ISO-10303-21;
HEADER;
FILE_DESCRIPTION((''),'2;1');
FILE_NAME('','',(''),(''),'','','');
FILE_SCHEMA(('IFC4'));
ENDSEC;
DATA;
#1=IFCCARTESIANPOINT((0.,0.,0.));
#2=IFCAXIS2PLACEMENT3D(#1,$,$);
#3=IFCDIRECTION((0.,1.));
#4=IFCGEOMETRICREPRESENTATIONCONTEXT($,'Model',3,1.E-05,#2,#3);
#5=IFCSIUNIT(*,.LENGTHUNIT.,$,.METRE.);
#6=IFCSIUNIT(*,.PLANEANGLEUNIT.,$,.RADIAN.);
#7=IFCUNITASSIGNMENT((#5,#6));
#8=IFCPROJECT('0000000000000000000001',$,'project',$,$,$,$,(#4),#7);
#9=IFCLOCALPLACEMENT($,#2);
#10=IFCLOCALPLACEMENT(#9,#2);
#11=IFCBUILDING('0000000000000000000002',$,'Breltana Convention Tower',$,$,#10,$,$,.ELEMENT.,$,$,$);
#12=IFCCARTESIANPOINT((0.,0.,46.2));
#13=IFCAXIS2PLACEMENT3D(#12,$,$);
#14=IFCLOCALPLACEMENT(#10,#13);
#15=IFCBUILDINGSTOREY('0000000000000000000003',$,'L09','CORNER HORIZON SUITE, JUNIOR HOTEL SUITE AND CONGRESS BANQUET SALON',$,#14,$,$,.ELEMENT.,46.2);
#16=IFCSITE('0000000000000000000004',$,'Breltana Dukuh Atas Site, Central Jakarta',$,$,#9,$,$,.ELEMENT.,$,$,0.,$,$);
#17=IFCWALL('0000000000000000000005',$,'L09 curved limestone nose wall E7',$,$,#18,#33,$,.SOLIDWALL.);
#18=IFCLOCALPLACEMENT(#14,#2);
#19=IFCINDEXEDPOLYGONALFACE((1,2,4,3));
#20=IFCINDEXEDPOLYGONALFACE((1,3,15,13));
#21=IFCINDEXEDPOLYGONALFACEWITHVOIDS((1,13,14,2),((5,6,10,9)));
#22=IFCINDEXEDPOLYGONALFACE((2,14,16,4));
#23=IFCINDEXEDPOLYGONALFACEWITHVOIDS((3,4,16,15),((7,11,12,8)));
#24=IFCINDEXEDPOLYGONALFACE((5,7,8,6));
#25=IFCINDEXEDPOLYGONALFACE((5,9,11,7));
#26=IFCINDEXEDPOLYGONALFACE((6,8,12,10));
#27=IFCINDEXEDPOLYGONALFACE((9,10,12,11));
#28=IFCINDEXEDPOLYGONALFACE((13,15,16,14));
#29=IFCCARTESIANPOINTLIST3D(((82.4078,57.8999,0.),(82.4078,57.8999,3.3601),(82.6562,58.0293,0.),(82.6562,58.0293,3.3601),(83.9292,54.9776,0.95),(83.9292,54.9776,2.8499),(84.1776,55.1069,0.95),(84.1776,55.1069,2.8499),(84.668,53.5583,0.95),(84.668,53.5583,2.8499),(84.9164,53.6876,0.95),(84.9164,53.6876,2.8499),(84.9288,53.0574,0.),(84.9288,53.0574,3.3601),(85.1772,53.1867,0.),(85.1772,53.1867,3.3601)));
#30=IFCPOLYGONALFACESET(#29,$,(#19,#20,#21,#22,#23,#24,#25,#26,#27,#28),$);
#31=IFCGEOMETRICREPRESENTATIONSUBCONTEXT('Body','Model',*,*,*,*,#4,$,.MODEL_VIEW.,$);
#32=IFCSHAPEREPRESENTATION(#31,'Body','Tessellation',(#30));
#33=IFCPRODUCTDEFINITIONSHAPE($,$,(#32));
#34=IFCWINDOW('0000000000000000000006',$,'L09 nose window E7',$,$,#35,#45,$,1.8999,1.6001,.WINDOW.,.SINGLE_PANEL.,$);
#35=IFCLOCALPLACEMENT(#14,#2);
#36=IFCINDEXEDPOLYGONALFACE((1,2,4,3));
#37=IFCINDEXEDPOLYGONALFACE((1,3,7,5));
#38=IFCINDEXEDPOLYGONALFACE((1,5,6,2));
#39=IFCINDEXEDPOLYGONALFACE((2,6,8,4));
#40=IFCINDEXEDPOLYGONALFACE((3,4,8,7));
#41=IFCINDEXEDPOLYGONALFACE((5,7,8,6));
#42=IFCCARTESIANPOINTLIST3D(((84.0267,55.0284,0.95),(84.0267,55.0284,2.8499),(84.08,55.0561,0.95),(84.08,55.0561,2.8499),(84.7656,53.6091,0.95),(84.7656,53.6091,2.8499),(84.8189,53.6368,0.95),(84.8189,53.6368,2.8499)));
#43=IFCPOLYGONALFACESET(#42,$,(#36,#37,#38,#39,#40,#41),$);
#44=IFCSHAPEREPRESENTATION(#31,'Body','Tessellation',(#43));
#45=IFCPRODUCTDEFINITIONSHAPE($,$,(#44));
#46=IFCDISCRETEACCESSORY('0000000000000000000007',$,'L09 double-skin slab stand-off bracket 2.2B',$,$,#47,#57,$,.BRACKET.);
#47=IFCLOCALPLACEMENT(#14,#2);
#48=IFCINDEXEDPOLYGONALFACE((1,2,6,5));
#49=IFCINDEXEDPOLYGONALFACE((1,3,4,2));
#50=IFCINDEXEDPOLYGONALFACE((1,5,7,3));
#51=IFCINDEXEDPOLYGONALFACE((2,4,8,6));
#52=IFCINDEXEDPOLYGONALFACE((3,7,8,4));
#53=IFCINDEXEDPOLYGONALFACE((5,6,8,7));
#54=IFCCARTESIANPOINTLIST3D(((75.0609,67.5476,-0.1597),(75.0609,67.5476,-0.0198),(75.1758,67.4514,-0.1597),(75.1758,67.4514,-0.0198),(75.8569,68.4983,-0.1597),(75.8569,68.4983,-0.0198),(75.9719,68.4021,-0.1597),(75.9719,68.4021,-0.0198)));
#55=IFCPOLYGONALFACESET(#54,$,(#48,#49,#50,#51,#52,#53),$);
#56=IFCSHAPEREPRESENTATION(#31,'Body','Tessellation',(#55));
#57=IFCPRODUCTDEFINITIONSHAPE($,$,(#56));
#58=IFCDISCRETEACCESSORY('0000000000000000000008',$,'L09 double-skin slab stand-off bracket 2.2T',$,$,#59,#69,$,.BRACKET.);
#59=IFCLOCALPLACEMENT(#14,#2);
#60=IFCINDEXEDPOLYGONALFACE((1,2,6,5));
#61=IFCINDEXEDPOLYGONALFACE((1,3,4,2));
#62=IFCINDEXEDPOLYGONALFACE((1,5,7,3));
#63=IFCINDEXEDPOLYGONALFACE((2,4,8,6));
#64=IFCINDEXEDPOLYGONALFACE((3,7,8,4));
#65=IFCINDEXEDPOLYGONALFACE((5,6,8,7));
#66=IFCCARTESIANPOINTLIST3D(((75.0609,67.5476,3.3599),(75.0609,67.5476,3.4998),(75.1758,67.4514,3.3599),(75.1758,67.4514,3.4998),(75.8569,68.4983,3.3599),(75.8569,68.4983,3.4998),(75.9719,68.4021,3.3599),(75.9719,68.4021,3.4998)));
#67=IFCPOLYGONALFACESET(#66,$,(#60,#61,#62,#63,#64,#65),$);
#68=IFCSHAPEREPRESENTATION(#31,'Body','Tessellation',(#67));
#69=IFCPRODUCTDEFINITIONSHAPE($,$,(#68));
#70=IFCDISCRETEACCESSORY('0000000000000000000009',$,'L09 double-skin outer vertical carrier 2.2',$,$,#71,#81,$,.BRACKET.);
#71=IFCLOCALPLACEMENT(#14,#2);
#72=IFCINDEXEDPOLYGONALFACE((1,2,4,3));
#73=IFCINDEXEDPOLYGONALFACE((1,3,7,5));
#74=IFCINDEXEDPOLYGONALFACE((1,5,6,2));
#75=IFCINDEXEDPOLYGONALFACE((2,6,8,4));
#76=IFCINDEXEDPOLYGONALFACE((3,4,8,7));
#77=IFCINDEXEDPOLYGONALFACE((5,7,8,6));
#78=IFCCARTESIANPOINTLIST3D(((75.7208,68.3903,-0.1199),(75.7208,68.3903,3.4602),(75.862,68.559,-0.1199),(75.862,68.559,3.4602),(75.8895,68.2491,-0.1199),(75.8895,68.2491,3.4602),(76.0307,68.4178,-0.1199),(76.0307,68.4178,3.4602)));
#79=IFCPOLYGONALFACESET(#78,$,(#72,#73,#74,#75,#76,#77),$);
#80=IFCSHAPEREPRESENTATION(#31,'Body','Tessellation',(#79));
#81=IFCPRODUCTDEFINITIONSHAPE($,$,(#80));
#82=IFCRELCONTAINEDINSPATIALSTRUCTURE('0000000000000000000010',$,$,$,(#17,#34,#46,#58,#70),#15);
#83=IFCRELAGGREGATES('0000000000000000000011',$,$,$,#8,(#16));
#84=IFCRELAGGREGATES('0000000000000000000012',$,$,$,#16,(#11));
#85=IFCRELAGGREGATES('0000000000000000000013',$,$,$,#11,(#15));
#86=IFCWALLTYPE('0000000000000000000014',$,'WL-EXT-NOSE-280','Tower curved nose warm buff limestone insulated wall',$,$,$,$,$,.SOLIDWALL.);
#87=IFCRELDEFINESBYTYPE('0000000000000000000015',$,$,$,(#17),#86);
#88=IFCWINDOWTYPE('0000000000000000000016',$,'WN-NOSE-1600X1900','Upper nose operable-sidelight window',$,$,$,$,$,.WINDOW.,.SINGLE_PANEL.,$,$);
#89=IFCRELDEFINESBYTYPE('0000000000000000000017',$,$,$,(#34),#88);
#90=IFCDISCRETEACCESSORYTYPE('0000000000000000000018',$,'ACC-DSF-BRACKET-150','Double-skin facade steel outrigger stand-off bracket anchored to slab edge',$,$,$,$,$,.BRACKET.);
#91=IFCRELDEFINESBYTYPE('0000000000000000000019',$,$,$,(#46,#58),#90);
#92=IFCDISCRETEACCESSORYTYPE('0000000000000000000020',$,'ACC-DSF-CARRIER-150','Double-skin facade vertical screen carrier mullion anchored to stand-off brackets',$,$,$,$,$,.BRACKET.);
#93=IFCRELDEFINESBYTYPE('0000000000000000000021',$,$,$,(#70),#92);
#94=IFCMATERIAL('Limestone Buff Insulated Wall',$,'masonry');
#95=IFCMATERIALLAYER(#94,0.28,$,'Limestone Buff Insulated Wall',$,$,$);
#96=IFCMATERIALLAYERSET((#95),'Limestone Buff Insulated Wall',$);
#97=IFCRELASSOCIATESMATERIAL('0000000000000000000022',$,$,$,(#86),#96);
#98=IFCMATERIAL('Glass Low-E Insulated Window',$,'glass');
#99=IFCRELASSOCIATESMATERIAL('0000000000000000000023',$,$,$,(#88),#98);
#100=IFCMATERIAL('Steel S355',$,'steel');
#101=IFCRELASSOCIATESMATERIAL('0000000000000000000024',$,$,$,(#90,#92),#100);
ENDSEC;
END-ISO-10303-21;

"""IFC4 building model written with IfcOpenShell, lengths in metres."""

from ifc_helpers import new_model, si_unit, direction, frame, frame_2d, origin, origin_2d, place, context, subcontext, project, spatial, rectangle, extrude, source, transform, mapped, material, layer, layer_set, type_object, type_shapes, element, fill, save


model = new_model("IFC4")

# Units and contexts
model_context = context("Model", 3, precision=1e-05, world=origin(), true_north=direction((0.0, 1.0)))
body_context = subcontext(model_context, "Body", "Model", "MODEL_VIEW")
ifc_project = project(units=[si_unit("LENGTHUNIT", "METRE"), si_unit("PLANEANGLEUNIT", "RADIAN")], contexts=[model_context])

# Site, building, storey
site_placement = place(None, origin())
site = spatial("IfcSite", under=ifc_project, at=site_placement, Name="Breltana Dukuh Atas Site, Central Jakarta", CompositionType="ELEMENT", RefElevation=0.0)
building_placement = place(site_placement, origin())
building = spatial("IfcBuilding", under=site, at=building_placement, Name="Breltana Convention Tower", CompositionType="ELEMENT")
storey_placement = place(building_placement, frame((0.0, 0.0, 46.2)))
storey = spatial("IfcBuildingStorey", under=building, at=storey_placement, Name="L09", Description="CORNER HORIZON SUITE, JUNIOR HOTEL SUITE AND CONGRESS BANQUET SALON", CompositionType="ELEMENT", Elevation=46.2)

# Wall, opening, window
ifc_material_1 = material(Name="Limestone Buff Insulated Wall", Category="masonry")
ifc_layer_1 = layer(ifc_material_1, 0.28, Name="Limestone Buff Insulated Wall")
ifc_layer_set_1 = layer_set([ifc_layer_1], Name="Limestone Buff Insulated Wall")
wall_type = type_object("IfcWallType", Name="WL-EXT-NOSE-280", Description="Tower curved nose warm buff limestone insulated wall", PredefinedType="SOLIDWALL", material=ifc_layer_set_1)
shared_shape_1 = source(origin(), body_context, "Body", "SweptSolid", [
    extrude(rectangle(XDim=5.4595, YDim=0.28, at=frame_2d((2.7297, 0.0))), origin(), (0.0, 0.0, 1.0), 3.3601),
])
wall_placement = place(storey_placement, frame((82.532, 57.9646, 0.0), z_axis=(0.0, 0.0, 1.0), x_axis=(0.461768, -0.887001, 0.0)))
wall = element("IfcWall", 1, at=wall_placement, inside=storey, type_object=wall_type, Name="L09 curved limestone nose wall E7", PredefinedType="SOLIDWALL", context=body_context, shape_type="MappedRepresentation", body=[
    mapped(shared_shape_1, transform((0.0, 0.0, 0.0), scale=1.0)),
])
opening_placement = place(wall_placement, frame((3.2947, 0.0, 0.95)))
opening = element("IfcOpeningElement", 2, at=opening_placement, cuts=wall, PredefinedType="OPENING", context=body_context, shape_type="SweptSolid", body=[
    extrude(rectangle(XDim=1.6001, YDim=1.8999, at=frame_2d((0.8, 0.95))), frame((0.0, 0.1499, 0.0), z_axis=(0.0, -1.0, 0.0), x_axis=(1.0, 0.0, 0.0)), (0.0, 0.0, 1.0), 0.3),
])
ifc_material_2 = material(Name="Glass Low-E Insulated Window", Category="glass")
window_type = type_object("IfcWindowType", Name="WN-NOSE-1600X1900", Description="Upper nose operable-sidelight window", PartitioningType="SINGLE_PANEL", PredefinedType="WINDOW", material=ifc_material_2)
shared_shape_2 = source(origin(), body_context, "Body", "SweptSolid", [
    extrude(rectangle(XDim=1.6001, YDim=1.8999, at=frame_2d((0.8, 0.95))), frame((0.0, 0.03, 0.0), z_axis=(0.0, -1.0, 0.0), x_axis=(1.0, 0.0, 0.0)), (0.0, 0.0, 1.0), 0.0601),
])
type_shapes(window_type, [shared_shape_2])
window_placement = place(opening_placement, origin())
window = element("IfcWindow", 3, at=window_placement, inside=storey, type_object=window_type, Name="L09 nose window E7", OverallHeight=1.8999, OverallWidth=1.6001, PartitioningType="SINGLE_PANEL", PredefinedType="WINDOW", context=body_context, shape_type="MappedRepresentation", body=[
    mapped(shared_shape_2, transform((0.0, 0.0, 0.0), scale=1.0)),
])
fill(opening, window)

# Discrete accessories
ifc_material_3 = material(Name="Steel S355", Category="steel")
discrete_accessory_type_1 = type_object("IfcDiscreteAccessoryType", Name="ACC-DSF-BRACKET-150", Description="Double-skin facade steel outrigger stand-off bracket anchored to slab edge", PredefinedType="BRACKET", material=ifc_material_3)
shared_shape_3 = source(origin(), body_context, "Body", "SweptSolid", [
    extrude(rectangle(XDim=1.24, YDim=0.1499, at=origin_2d()), origin(), (0.0, 0.0, 1.0), 0.1399),
])
type_shapes(discrete_accessory_type_1, [shared_shape_3])
for number, where, z_axis, x_axis, name in (
    (4, (75.5164, 67.9749, -0.1597), (0.0, 0.0, 1.0), (0.64199, 0.766713, 0.0), "L09 double-skin slab stand-off bracket 2.2B"),
    (5, (75.5164, 67.9749, 3.3599), (0.0, 0.0, 1.0), (0.64199, 0.766713, 0.0), "L09 double-skin slab stand-off bracket 2.2T"),
):
    element("IfcDiscreteAccessory", number, at=place(storey_placement, frame(where, z_axis=z_axis, x_axis=x_axis)), inside=storey, type_object=discrete_accessory_type_1, Name=name, PredefinedType="BRACKET", context=body_context, shape_type="MappedRepresentation", body=[
        mapped(shared_shape_3, transform((0.0, 0.0, 0.0), scale=1.0)),
    ])
discrete_accessory_type_2 = type_object("IfcDiscreteAccessoryType", Name="ACC-DSF-CARRIER-150", Description="Double-skin facade vertical screen carrier mullion anchored to stand-off brackets", PredefinedType="BRACKET", material=ifc_material_3)
shared_shape_4 = source(origin(), body_context, "Body", "SweptSolid", [
    extrude(rectangle(XDim=0.22, YDim=0.22, at=origin_2d()), origin(), (0.0, 0.0, 1.0), 3.5801),
])
discrete_accessory_placement = place(storey_placement, frame((75.8757, 68.4041, -0.1199), z_axis=(0.0, 0.0, 1.0), x_axis=(0.64199, 0.766713, 0.0)))
element("IfcDiscreteAccessory", 6, at=discrete_accessory_placement, inside=storey, type_object=discrete_accessory_type_2, Name="L09 double-skin outer vertical carrier 2.2", PredefinedType="BRACKET", context=body_context, shape_type="MappedRepresentation", body=[
    mapped(shared_shape_4, transform((0.0, 0.0, 0.0), scale=1.0)),
])

save(model, "model.ifc")
